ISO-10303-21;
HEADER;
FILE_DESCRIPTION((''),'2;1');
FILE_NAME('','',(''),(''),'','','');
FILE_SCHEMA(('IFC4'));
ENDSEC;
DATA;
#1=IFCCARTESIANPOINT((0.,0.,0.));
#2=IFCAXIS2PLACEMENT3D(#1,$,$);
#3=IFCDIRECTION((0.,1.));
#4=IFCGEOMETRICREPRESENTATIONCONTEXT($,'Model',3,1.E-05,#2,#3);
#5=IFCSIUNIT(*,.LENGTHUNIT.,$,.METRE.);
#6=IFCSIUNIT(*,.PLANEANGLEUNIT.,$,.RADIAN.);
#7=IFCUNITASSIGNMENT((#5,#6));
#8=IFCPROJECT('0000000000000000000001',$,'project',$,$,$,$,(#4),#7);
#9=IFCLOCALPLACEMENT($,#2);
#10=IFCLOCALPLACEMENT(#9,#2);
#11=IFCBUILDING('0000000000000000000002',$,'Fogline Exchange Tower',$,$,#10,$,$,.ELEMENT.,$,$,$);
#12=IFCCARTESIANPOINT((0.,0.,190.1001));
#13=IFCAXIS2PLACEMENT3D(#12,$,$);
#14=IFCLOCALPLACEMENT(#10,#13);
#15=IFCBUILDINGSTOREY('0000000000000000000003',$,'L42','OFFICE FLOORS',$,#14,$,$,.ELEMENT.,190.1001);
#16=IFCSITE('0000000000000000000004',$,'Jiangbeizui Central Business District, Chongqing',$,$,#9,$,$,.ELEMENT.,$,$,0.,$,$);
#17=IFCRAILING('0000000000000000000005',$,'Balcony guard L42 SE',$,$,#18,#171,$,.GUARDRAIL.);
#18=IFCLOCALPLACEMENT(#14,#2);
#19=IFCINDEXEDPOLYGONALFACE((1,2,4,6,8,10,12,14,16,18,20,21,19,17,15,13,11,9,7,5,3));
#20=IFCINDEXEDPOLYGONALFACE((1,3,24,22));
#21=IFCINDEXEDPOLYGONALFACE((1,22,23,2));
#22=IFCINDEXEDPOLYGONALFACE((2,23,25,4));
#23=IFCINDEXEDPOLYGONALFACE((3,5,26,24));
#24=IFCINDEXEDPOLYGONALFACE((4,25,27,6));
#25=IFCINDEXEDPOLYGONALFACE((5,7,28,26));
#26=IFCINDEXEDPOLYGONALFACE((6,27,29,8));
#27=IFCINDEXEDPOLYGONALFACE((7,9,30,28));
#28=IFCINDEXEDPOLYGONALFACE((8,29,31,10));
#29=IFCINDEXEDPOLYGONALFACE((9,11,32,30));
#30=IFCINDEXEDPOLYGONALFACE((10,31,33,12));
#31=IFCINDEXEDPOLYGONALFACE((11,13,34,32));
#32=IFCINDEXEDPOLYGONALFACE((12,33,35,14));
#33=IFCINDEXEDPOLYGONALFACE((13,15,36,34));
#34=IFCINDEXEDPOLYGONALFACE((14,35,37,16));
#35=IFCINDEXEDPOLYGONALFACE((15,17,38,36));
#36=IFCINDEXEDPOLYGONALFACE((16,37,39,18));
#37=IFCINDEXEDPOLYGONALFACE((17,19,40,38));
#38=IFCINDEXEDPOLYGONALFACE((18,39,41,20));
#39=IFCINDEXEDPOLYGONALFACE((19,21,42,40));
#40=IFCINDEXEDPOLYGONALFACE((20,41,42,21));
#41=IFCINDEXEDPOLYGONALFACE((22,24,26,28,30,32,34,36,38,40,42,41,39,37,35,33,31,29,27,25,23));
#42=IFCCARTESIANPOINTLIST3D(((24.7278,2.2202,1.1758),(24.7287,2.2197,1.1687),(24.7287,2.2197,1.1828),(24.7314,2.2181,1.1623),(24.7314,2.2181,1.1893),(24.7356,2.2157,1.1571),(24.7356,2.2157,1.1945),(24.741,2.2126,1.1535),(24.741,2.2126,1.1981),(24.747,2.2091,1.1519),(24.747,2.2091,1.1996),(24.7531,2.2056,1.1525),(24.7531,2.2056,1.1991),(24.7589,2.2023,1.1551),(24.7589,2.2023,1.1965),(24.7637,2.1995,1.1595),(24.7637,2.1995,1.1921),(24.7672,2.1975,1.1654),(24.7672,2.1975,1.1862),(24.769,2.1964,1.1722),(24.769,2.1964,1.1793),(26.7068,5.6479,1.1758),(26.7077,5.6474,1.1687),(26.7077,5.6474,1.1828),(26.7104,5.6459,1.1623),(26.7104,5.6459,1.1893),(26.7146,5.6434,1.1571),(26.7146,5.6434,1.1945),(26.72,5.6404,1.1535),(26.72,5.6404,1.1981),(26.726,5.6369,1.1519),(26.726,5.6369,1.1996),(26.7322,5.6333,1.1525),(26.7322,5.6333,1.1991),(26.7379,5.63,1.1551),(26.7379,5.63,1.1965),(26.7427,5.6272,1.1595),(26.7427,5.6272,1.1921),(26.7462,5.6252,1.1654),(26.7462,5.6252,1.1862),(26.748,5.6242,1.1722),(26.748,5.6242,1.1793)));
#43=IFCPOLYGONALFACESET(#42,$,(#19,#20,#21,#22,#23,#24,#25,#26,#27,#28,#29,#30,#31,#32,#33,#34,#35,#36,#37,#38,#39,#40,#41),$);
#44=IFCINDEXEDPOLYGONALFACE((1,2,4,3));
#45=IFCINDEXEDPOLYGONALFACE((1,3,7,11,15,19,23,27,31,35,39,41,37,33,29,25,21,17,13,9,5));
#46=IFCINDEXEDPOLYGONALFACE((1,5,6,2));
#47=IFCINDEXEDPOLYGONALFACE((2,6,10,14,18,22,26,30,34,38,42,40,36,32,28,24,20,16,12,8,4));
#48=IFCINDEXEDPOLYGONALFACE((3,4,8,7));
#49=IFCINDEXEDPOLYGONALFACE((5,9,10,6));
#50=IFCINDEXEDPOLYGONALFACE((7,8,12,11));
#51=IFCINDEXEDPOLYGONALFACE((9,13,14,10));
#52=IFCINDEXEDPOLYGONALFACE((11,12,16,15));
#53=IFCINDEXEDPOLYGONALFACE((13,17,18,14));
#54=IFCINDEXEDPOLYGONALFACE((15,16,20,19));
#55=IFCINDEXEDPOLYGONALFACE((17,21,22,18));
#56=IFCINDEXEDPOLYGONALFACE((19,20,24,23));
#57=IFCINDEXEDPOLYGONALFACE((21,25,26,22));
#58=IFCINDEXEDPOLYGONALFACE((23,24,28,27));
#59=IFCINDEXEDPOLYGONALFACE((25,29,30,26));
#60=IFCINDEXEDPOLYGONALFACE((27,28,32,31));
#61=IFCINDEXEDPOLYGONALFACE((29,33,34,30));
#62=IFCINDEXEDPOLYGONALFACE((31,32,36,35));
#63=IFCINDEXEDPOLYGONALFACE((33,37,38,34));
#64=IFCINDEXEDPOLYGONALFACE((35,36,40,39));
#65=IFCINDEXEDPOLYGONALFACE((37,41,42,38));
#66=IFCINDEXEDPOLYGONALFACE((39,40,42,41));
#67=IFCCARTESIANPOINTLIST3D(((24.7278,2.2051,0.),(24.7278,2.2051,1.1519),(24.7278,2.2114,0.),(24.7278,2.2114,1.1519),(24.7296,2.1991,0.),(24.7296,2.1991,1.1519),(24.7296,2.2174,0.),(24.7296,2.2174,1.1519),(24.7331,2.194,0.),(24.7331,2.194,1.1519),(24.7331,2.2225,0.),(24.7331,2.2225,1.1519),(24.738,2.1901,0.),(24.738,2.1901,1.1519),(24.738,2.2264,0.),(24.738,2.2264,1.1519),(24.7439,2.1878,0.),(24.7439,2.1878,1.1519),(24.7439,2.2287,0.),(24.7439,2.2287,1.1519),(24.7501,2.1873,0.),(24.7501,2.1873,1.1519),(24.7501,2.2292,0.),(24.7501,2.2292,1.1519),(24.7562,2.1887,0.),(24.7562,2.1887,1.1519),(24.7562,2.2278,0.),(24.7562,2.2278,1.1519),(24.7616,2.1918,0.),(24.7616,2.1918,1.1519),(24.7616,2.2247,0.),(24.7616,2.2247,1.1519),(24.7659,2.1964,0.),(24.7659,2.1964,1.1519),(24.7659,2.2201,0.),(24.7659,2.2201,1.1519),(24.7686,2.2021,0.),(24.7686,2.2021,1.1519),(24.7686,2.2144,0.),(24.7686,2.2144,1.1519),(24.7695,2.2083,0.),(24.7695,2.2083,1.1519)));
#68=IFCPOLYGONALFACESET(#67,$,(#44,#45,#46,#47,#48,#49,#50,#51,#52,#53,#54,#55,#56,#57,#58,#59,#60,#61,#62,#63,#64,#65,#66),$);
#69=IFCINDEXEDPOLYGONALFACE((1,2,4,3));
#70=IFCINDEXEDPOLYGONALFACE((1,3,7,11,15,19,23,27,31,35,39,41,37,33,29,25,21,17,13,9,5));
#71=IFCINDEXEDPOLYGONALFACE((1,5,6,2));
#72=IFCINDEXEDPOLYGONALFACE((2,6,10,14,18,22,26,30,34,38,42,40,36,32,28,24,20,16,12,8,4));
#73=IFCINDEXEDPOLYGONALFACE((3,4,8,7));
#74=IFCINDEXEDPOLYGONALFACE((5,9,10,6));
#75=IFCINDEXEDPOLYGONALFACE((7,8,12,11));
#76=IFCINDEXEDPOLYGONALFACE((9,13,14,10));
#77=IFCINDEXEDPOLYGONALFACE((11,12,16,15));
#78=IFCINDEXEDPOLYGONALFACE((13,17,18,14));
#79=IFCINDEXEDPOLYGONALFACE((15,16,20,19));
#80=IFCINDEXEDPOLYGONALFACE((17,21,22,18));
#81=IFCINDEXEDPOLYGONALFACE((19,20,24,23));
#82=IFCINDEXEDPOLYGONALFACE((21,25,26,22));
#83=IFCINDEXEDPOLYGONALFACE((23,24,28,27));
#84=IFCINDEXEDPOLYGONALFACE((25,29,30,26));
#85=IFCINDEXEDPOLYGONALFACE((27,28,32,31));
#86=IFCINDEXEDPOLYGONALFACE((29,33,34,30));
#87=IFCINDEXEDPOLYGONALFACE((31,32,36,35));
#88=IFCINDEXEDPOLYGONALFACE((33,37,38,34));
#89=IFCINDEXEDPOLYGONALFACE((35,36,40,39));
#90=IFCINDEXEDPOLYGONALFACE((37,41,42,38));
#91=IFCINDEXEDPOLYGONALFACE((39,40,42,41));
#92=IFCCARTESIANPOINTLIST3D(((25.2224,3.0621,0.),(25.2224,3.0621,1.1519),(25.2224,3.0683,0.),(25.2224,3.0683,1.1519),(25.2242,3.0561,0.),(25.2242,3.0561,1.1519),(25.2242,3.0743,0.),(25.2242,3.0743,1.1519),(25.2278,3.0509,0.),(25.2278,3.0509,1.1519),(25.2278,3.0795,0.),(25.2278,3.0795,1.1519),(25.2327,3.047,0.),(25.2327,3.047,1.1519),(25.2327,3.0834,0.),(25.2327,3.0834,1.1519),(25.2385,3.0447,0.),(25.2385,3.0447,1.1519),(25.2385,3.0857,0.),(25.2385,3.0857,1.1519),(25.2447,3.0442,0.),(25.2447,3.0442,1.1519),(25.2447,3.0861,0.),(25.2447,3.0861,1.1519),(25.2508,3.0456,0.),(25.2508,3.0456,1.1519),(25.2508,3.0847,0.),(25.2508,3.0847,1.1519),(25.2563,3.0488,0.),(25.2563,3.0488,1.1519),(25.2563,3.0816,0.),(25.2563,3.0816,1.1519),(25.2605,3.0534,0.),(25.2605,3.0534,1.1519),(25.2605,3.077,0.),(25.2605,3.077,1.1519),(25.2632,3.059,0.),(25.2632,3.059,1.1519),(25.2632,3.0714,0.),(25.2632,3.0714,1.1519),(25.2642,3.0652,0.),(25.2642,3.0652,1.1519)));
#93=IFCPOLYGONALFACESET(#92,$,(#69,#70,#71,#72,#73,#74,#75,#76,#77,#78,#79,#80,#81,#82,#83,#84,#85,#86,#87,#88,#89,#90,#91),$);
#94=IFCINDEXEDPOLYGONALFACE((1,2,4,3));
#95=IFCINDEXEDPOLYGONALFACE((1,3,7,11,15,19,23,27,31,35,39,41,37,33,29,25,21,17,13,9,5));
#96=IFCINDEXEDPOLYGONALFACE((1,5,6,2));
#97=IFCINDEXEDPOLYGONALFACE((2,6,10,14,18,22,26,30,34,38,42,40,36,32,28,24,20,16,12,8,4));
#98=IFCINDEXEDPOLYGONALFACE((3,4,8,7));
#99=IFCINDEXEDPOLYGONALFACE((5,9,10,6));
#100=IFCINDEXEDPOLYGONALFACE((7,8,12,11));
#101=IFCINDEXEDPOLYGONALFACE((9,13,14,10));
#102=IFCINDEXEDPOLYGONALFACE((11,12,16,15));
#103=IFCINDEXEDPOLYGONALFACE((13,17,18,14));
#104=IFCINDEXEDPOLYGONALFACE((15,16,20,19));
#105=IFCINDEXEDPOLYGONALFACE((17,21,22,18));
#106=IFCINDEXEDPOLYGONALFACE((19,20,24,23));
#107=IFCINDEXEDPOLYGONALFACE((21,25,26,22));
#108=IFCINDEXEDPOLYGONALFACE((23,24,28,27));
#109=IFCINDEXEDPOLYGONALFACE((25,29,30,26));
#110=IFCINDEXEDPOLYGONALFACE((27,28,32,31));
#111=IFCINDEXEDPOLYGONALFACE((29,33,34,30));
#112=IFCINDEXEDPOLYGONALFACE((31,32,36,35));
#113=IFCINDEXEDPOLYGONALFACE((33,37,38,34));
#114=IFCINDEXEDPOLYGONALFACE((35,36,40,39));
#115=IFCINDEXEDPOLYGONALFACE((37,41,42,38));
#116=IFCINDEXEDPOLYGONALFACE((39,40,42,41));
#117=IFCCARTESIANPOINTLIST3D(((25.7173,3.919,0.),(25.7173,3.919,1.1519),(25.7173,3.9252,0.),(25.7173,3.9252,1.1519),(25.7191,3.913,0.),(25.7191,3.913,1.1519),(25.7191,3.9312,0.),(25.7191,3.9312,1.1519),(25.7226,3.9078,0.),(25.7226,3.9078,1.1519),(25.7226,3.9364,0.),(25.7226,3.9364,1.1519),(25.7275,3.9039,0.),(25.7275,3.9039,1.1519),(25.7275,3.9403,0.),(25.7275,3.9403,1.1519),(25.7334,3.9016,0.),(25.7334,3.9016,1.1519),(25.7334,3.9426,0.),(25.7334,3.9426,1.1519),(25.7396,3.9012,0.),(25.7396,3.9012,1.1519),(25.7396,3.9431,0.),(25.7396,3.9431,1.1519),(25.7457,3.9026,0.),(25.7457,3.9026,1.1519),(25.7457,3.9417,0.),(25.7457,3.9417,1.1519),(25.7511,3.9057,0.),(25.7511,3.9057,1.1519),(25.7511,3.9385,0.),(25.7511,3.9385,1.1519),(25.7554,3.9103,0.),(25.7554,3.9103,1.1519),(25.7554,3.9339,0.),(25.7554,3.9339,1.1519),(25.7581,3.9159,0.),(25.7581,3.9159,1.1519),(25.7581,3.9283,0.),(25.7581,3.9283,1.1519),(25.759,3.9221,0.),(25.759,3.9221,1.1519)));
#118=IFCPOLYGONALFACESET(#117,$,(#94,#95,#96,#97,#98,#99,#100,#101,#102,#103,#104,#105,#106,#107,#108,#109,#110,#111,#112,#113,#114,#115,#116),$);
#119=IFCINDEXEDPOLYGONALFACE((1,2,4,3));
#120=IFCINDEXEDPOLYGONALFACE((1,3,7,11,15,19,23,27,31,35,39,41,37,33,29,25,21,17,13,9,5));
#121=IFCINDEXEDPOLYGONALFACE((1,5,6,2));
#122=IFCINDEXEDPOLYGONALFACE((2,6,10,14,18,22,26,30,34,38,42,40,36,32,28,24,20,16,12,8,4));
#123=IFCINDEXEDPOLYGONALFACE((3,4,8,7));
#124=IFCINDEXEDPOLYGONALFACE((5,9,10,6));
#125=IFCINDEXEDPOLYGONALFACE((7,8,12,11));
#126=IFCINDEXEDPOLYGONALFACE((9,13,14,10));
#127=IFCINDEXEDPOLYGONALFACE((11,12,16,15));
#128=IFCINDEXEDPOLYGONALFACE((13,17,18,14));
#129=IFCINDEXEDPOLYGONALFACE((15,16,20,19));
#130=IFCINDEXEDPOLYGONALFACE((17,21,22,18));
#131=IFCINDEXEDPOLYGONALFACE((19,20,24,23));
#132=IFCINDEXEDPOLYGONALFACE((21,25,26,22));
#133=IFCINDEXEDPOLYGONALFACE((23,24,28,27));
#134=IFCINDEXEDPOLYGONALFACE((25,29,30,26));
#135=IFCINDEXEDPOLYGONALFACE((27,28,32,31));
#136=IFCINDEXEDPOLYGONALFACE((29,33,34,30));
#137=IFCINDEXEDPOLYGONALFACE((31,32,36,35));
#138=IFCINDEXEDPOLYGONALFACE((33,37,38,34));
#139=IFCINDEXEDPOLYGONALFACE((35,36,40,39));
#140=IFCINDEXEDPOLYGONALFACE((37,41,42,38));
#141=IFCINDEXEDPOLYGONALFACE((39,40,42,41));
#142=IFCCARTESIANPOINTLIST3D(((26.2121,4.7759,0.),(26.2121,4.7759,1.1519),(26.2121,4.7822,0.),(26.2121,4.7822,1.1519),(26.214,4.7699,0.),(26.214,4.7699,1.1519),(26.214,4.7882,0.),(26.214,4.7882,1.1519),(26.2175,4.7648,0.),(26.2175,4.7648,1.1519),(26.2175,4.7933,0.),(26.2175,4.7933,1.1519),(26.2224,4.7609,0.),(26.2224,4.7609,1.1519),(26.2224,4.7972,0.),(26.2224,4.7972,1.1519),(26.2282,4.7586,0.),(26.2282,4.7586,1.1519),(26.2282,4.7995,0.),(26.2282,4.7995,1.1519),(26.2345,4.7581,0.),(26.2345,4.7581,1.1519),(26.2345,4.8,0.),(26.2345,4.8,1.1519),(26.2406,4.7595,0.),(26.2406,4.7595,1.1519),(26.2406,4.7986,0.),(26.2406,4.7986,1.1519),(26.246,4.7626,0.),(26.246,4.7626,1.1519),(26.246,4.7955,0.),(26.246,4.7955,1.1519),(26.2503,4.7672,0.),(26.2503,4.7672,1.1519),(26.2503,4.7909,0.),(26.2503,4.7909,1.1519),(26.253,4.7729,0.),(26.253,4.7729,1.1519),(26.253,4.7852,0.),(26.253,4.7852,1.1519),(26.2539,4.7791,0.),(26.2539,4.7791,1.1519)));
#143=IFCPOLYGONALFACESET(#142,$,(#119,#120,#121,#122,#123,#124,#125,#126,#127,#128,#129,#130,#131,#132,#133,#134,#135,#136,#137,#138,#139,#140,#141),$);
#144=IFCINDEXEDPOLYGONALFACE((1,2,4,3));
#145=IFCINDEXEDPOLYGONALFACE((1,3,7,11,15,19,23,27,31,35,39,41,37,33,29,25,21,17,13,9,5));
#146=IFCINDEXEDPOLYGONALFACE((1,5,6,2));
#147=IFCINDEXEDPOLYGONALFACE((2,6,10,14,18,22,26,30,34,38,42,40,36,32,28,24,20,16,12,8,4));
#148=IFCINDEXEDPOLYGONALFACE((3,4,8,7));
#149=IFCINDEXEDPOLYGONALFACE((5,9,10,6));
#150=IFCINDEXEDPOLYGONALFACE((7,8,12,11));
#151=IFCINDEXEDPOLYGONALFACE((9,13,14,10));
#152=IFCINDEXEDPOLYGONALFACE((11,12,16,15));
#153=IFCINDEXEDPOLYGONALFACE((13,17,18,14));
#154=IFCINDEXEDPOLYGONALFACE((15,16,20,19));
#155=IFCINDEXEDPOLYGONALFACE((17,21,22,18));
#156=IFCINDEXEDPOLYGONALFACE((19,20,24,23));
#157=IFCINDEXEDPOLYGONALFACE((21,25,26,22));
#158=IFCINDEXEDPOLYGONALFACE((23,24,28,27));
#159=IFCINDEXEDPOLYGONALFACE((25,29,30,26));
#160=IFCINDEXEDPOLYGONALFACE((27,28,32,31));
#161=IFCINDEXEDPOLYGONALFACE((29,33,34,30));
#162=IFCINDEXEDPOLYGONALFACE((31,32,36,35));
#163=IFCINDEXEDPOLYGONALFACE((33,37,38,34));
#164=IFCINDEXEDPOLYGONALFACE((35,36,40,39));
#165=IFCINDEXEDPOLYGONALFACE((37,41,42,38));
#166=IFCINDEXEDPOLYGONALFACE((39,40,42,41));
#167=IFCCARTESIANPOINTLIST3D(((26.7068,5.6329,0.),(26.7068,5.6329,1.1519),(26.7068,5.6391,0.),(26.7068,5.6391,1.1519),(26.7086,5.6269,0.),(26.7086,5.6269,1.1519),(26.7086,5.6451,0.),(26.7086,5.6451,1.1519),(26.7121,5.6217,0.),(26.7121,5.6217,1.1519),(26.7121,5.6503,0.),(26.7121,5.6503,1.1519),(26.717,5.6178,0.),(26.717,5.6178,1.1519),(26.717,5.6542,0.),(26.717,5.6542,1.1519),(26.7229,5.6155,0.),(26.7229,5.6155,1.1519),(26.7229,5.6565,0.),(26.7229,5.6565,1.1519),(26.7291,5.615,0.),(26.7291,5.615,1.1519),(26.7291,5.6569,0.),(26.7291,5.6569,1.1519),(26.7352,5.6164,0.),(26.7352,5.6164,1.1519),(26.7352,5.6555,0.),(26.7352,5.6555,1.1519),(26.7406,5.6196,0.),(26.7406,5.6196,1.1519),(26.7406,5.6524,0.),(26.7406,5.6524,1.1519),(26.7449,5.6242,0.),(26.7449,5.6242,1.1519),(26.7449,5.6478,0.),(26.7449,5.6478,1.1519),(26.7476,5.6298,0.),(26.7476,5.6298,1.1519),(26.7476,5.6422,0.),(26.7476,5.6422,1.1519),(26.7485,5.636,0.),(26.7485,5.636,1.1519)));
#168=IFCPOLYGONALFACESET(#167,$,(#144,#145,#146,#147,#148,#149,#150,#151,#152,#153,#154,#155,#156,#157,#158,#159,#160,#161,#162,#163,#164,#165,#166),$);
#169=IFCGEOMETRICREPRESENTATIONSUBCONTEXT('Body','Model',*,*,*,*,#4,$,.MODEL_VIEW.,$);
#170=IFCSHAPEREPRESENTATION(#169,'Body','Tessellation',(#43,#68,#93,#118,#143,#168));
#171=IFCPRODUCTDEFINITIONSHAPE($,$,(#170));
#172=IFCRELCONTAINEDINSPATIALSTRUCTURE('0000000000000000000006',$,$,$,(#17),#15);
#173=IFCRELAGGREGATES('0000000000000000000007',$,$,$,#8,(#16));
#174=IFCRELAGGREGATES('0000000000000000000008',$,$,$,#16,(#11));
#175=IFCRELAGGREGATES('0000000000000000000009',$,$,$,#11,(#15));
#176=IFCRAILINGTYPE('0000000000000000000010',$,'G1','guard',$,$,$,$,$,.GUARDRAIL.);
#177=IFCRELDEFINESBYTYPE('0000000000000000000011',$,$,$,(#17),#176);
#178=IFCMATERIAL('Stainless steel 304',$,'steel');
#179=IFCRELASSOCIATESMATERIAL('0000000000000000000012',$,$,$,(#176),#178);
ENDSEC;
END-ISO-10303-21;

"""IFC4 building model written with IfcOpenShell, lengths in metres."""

from ifc_helpers import new_model, si_unit, direction, frame, origin, origin_2d, place, context, subcontext, project, spatial, circle, extrude, material, type_object, element, save


model = new_model("IFC4")

# Units and contexts
model_context = context("Model", 3, precision=1e-05, world=origin(), true_north=direction((0.0, 1.0)))
body_context = subcontext(model_context, "Body", "Model", "MODEL_VIEW")
ifc_project = project(units=[si_unit("LENGTHUNIT", "METRE"), si_unit("PLANEANGLEUNIT", "RADIAN")], contexts=[model_context])

# Site, building, storey
site_placement = place(None, origin())
site = spatial("IfcSite", under=ifc_project, at=site_placement, Name="Jiangbeizui Central Business District, Chongqing", CompositionType="ELEMENT", RefElevation=0.0)
building_placement = place(site_placement, origin())
building = spatial("IfcBuilding", under=site, at=building_placement, Name="Fogline Exchange Tower", CompositionType="ELEMENT")
storey_placement = place(building_placement, frame((0.0, 0.0, 190.1001)))
storey = spatial("IfcBuildingStorey", under=building, at=storey_placement, Name="L42", Description="OFFICE FLOORS", CompositionType="ELEMENT", Elevation=190.1001)

# Railing
ifc_material_1 = material(Name="Stainless steel 304", Category="steel")
railing_type = type_object("IfcRailingType", Name="G1", Description="guard", PredefinedType="GUARDRAIL", material=ifc_material_1)
railing_placement = place(storey_placement, frame((24.7485, 2.2083, 0.0)))
element("IfcRailing", 1, at=railing_placement, inside=storey, type_object=railing_type, Name="Balcony guard L42 SE", PredefinedType="GUARDRAIL", context=body_context, shape_type="SweptSolid", body=[
    extrude(circle(Radius=0.0239, at=origin_2d()), frame((0.0, 0.0, 1.1758), z_axis=(0.5, 0.866025, 0.0), x_axis=(-0.866025, 0.5, 0.0)), (0.0, 0.0, 1.0), 3.958),
    extrude(circle(Radius=0.021, at=origin_2d()), origin(), (0.0, 0.0, 1.0), 1.1519),
    extrude(circle(Radius=0.021, at=origin_2d()), frame((0.4946, 0.8569, 0.0)), (0.0, 0.0, 1.0), 1.1519),
    extrude(circle(Radius=0.021, at=origin_2d()), frame((0.9895, 1.7139, 0.0)), (0.0, 0.0, 1.0), 1.1519),
    extrude(circle(Radius=0.021, at=origin_2d()), frame((1.4844, 2.5708, 0.0)), (0.0, 0.0, 1.0), 1.1519),
    extrude(circle(Radius=0.021, at=origin_2d()), frame((1.979, 3.4277, 0.0)), (0.0, 0.0, 1.0), 1.1519),
])

save(model, "model.ifc")
